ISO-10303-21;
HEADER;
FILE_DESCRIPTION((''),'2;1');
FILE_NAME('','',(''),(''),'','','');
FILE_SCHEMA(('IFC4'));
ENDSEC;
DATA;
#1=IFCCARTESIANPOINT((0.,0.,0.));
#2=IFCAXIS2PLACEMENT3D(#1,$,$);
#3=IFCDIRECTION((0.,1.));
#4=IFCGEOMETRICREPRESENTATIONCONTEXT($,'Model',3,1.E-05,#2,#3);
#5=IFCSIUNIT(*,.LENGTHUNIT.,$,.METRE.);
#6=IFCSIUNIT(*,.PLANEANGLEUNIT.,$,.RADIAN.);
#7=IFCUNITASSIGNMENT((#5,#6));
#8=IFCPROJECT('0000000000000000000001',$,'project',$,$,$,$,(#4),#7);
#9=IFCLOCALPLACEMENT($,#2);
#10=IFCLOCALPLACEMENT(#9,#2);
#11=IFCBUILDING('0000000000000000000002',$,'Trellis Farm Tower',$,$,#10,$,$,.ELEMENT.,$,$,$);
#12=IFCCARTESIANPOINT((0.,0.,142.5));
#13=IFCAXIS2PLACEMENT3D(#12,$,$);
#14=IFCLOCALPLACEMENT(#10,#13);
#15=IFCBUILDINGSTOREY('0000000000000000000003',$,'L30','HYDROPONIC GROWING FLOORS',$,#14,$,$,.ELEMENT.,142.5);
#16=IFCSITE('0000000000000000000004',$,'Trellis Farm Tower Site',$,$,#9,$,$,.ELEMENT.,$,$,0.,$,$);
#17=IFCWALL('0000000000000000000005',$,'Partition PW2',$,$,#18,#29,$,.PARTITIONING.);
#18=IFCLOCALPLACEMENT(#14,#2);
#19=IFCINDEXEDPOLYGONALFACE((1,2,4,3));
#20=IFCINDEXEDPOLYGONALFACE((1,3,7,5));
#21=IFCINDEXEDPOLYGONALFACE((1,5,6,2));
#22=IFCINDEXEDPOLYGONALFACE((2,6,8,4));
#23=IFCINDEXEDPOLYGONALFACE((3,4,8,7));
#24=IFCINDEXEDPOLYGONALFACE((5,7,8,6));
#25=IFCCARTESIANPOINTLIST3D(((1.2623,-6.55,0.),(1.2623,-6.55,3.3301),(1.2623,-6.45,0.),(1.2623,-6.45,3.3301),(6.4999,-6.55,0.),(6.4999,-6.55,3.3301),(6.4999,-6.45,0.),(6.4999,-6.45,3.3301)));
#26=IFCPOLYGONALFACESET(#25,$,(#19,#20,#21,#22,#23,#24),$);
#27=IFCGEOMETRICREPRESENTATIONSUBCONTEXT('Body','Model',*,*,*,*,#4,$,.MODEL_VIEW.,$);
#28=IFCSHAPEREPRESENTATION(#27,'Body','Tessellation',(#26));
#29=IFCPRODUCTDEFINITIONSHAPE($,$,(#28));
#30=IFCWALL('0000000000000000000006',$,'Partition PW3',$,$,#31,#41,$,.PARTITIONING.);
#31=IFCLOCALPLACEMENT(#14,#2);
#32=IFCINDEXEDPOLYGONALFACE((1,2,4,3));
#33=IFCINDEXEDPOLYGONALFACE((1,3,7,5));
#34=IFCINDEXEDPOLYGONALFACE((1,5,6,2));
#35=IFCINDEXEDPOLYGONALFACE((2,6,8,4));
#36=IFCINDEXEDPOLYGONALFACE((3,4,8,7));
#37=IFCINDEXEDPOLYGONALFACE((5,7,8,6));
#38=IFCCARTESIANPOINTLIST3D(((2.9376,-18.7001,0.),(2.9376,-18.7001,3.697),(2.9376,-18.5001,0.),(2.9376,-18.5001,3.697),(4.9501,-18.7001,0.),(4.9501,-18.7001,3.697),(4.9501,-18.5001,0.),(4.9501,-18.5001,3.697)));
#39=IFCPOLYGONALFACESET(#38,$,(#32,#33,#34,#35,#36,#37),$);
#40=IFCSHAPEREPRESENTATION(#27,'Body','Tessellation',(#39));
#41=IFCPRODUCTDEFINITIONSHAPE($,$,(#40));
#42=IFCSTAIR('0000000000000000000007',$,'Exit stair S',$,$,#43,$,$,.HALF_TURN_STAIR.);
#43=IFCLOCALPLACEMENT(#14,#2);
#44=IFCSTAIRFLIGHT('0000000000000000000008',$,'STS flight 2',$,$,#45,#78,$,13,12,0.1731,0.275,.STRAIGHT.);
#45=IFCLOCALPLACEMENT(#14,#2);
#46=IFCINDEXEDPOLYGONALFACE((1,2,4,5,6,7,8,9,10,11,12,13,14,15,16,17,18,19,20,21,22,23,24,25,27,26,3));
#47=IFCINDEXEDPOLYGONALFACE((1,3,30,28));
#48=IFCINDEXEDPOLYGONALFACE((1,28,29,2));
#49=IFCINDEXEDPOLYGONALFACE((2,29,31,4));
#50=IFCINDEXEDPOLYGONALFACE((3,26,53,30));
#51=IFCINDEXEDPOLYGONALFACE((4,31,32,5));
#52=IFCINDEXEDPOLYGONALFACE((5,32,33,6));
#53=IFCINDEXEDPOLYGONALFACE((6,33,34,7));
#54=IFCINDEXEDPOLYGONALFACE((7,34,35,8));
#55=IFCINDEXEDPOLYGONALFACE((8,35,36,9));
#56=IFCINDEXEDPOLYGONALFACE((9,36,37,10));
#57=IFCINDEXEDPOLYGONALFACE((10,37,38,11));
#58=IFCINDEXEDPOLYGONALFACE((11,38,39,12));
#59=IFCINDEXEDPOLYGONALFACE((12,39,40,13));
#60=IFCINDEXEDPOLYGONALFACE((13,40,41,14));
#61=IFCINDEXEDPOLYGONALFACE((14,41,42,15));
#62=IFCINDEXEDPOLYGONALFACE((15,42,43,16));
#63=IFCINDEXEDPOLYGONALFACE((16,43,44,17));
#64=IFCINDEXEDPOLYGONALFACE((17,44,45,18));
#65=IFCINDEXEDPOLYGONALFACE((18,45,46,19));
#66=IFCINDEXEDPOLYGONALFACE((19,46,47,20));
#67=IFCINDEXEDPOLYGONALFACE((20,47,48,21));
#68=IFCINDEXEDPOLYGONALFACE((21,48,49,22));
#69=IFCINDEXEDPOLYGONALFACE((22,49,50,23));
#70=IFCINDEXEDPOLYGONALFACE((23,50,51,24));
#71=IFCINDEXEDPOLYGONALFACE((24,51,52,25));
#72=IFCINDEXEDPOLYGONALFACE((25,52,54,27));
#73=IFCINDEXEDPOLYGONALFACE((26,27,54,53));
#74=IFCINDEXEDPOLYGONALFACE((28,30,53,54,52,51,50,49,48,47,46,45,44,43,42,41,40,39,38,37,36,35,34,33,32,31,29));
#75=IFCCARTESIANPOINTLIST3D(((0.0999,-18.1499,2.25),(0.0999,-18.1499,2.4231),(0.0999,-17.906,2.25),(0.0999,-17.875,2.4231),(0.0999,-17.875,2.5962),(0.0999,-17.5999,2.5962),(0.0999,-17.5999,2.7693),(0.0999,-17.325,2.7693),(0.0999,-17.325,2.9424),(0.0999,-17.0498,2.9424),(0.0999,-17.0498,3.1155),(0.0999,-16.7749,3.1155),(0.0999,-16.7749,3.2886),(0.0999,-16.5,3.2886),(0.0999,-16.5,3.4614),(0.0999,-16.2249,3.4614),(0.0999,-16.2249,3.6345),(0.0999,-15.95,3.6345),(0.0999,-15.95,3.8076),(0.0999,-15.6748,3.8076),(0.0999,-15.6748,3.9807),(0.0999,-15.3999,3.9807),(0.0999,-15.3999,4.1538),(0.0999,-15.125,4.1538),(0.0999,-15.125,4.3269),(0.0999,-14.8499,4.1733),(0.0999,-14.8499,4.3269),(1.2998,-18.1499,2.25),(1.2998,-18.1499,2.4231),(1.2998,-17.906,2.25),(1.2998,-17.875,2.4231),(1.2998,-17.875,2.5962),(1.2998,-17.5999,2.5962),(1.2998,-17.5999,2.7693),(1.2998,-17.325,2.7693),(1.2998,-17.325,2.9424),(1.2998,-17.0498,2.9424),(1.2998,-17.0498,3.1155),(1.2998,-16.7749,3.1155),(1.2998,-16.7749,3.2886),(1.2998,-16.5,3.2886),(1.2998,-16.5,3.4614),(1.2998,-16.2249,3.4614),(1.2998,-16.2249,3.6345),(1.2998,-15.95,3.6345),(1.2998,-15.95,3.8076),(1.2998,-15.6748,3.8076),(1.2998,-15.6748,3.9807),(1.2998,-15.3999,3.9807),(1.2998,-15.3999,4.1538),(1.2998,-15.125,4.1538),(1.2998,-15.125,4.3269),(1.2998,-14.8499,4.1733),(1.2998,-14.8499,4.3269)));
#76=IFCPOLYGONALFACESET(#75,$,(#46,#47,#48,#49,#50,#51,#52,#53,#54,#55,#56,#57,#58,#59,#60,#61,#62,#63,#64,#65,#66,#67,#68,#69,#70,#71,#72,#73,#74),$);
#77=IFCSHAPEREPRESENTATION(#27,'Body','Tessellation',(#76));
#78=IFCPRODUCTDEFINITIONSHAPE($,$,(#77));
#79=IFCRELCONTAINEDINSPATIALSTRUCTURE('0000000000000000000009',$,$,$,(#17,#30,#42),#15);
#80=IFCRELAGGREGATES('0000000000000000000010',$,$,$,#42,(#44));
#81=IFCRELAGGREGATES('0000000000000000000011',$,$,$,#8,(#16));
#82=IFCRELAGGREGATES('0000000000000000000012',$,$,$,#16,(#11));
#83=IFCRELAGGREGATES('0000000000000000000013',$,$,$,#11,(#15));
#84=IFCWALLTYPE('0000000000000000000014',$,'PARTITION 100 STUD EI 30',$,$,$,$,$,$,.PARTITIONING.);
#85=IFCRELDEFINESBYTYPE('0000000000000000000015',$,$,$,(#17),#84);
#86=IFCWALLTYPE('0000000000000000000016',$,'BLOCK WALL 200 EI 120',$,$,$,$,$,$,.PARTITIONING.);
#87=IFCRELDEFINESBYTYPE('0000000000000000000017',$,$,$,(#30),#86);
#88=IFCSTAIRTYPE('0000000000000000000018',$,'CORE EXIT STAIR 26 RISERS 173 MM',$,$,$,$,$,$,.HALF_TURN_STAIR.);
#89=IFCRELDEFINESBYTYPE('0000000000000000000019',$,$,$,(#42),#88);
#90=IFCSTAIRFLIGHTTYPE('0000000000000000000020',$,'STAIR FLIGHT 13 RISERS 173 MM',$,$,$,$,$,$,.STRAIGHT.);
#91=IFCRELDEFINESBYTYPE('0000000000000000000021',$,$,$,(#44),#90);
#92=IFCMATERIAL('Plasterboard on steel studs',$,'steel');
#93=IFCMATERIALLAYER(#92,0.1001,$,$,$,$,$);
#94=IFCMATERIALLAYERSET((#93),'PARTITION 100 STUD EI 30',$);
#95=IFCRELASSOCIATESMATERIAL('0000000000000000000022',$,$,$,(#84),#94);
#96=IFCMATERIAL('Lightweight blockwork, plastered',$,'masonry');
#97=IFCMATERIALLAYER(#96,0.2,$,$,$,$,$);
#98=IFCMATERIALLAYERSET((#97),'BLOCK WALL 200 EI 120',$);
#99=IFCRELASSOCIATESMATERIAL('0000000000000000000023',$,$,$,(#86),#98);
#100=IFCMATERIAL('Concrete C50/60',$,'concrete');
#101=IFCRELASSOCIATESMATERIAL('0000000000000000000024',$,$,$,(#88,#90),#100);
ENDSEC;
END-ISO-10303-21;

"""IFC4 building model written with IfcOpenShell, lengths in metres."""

from ifc_helpers import new_model, si_unit, direction, frame, frame_2d, origin, place, context, subcontext, project, spatial, polyline, rectangle, outline, extrude, source, transform, mapped, material, layer, layer_set, type_object, element, aggregate, save


model = new_model("IFC4")

# Units and contexts
model_context = context("Model", 3, precision=1e-05, world=origin(), true_north=direction((0.0, 1.0)))
body_context = subcontext(model_context, "Body", "Model", "MODEL_VIEW")
ifc_project = project(units=[si_unit("LENGTHUNIT", "METRE"), si_unit("PLANEANGLEUNIT", "RADIAN")], contexts=[model_context])

# Site, building, storey
site_placement = place(None, origin())
site = spatial("IfcSite", under=ifc_project, at=site_placement, Name="Trellis Farm Tower Site", CompositionType="ELEMENT", RefElevation=0.0)
building_placement = place(site_placement, origin())
building = spatial("IfcBuilding", under=site, at=building_placement, Name="Trellis Farm Tower", CompositionType="ELEMENT")
storey_placement = place(building_placement, frame((0.0, 0.0, 142.5)))
storey = spatial("IfcBuildingStorey", under=building, at=storey_placement, Name="L30", Description="HYDROPONIC GROWING FLOORS", CompositionType="ELEMENT", Elevation=142.5)

# Shared definitions
placement_1 = place(storey_placement, origin())

# Walls
ifc_material_1 = material(Name="Plasterboard on steel studs", Category="steel")
ifc_layer_1 = layer(ifc_material_1, 0.1001)
ifc_layer_set_1 = layer_set([ifc_layer_1], Name="PARTITION 100 STUD EI 30")
wall_type_1 = type_object("IfcWallType", Name="PARTITION 100 STUD EI 30", PredefinedType="PARTITIONING", material=ifc_layer_set_1)
shared_shape_1 = source(origin(), body_context, "Body", "SweptSolid", [
    extrude(rectangle(XDim=5.2375, YDim=0.1001, at=frame_2d((2.6187, 0.0))), origin(), (0.0, 0.0, 1.0), 3.3301),
])
wall_1_placement = place(storey_placement, frame((1.2625, -6.5, 0.0), z_axis=(0.0, 0.0, 1.0), x_axis=(1.0, 0.0, 0.0)))
element("IfcWall", 1, at=wall_1_placement, inside=storey, type_object=wall_type_1, Name="Partition PW2", PredefinedType="PARTITIONING", context=body_context, shape_type="MappedRepresentation", body=[
    mapped(shared_shape_1, transform((0.0, 0.0, 0.0))),
])
ifc_material_2 = material(Name="Lightweight blockwork, plastered", Category="masonry")
ifc_layer_2 = layer(ifc_material_2, 0.2)
ifc_layer_set_2 = layer_set([ifc_layer_2], Name="BLOCK WALL 200 EI 120")
wall_type_2 = type_object("IfcWallType", Name="BLOCK WALL 200 EI 120", PredefinedType="PARTITIONING", material=ifc_layer_set_2)
shared_shape_2 = source(origin(), body_context, "Body", "SweptSolid", [
    extrude(rectangle(XDim=2.0125, YDim=0.2, at=frame_2d((1.0063, 0.0))), origin(), (0.0, 0.0, 1.0), 3.697),
])
wall_2_placement = place(storey_placement, frame((2.9375, -18.6001, 0.0), z_axis=(0.0, 0.0, 1.0), x_axis=(1.0, 0.0, 0.0)))
element("IfcWall", 2, at=wall_2_placement, inside=storey, type_object=wall_type_2, Name="Partition PW3", PredefinedType="PARTITIONING", context=body_context, shape_type="MappedRepresentation", body=[
    mapped(shared_shape_2, transform((0.0, 0.0, 0.0))),
])

# Stair, stair flight
ifc_material_3 = material(Name="Concrete C50/60", Category="concrete")
stair_type = type_object("IfcStairType", Name="CORE EXIT STAIR 26 RISERS 173 MM", PredefinedType="HALF_TURN_STAIR", material=ifc_material_3)
stair = element("IfcStair", 3, at=placement_1, inside=storey, type_object=stair_type, Name="Exit stair S", PredefinedType="HALF_TURN_STAIR")
stair_flight_type = type_object("IfcStairFlightType", Name="STAIR FLIGHT 13 RISERS 173 MM", PredefinedType="STRAIGHT", material=ifc_material_3)
shared_shape_3 = source(origin(), body_context, "Body", "SweptSolid", [
    extrude(outline(polyline([(0.0, 0.0), (0.0, 0.1731), (0.2749, 0.1731), (0.2749, 0.3462), (0.55, 0.3462), (0.55, 0.5193), (0.825, 0.5193), (0.825, 0.6924), (1.1001, 0.6924), (1.1001, 0.8655), (1.375, 0.8655), (1.375, 1.0386), (1.6499, 1.0386), (1.6499, 1.2114), (1.925, 1.2114), (1.925, 1.3845), (2.2, 1.3845), (2.2, 1.5576), (2.4751, 1.5576), (2.4751, 1.7307), (2.75, 1.7307), (2.75, 1.9038), (3.0249, 1.9038), (3.0249, 2.0769), (3.3, 2.0769), (3.3, 2.25), (3.3, 1.9233), (0.2439, 0.0), (0.0, 0.0)])), frame((0.0, 0.6001, 0.0), z_axis=(0.0, -1.0, 0.0), x_axis=(1.0, 0.0, 0.0)), (0.0, 0.0, 1.0), 1.2),
])
stair_flight_placement = place(storey_placement, frame((0.7, -18.1499, 2.25), z_axis=(0.0, 0.0, 1.0), x_axis=(0.0, 1.0, 0.0)))
stair_flight = element("IfcStairFlight", 4, at=stair_flight_placement, type_object=stair_flight_type, Name="STS flight 2", NumberOfRisers=13, NumberOfTreads=12, PredefinedType="STRAIGHT", RiserHeight=0.1731, TreadLength=0.275, context=body_context, shape_type="MappedRepresentation", body=[
    mapped(shared_shape_3, transform((0.0, 0.0, 0.0))),
])
aggregate(stair, [stair_flight])

save(model, "model.ifc")
